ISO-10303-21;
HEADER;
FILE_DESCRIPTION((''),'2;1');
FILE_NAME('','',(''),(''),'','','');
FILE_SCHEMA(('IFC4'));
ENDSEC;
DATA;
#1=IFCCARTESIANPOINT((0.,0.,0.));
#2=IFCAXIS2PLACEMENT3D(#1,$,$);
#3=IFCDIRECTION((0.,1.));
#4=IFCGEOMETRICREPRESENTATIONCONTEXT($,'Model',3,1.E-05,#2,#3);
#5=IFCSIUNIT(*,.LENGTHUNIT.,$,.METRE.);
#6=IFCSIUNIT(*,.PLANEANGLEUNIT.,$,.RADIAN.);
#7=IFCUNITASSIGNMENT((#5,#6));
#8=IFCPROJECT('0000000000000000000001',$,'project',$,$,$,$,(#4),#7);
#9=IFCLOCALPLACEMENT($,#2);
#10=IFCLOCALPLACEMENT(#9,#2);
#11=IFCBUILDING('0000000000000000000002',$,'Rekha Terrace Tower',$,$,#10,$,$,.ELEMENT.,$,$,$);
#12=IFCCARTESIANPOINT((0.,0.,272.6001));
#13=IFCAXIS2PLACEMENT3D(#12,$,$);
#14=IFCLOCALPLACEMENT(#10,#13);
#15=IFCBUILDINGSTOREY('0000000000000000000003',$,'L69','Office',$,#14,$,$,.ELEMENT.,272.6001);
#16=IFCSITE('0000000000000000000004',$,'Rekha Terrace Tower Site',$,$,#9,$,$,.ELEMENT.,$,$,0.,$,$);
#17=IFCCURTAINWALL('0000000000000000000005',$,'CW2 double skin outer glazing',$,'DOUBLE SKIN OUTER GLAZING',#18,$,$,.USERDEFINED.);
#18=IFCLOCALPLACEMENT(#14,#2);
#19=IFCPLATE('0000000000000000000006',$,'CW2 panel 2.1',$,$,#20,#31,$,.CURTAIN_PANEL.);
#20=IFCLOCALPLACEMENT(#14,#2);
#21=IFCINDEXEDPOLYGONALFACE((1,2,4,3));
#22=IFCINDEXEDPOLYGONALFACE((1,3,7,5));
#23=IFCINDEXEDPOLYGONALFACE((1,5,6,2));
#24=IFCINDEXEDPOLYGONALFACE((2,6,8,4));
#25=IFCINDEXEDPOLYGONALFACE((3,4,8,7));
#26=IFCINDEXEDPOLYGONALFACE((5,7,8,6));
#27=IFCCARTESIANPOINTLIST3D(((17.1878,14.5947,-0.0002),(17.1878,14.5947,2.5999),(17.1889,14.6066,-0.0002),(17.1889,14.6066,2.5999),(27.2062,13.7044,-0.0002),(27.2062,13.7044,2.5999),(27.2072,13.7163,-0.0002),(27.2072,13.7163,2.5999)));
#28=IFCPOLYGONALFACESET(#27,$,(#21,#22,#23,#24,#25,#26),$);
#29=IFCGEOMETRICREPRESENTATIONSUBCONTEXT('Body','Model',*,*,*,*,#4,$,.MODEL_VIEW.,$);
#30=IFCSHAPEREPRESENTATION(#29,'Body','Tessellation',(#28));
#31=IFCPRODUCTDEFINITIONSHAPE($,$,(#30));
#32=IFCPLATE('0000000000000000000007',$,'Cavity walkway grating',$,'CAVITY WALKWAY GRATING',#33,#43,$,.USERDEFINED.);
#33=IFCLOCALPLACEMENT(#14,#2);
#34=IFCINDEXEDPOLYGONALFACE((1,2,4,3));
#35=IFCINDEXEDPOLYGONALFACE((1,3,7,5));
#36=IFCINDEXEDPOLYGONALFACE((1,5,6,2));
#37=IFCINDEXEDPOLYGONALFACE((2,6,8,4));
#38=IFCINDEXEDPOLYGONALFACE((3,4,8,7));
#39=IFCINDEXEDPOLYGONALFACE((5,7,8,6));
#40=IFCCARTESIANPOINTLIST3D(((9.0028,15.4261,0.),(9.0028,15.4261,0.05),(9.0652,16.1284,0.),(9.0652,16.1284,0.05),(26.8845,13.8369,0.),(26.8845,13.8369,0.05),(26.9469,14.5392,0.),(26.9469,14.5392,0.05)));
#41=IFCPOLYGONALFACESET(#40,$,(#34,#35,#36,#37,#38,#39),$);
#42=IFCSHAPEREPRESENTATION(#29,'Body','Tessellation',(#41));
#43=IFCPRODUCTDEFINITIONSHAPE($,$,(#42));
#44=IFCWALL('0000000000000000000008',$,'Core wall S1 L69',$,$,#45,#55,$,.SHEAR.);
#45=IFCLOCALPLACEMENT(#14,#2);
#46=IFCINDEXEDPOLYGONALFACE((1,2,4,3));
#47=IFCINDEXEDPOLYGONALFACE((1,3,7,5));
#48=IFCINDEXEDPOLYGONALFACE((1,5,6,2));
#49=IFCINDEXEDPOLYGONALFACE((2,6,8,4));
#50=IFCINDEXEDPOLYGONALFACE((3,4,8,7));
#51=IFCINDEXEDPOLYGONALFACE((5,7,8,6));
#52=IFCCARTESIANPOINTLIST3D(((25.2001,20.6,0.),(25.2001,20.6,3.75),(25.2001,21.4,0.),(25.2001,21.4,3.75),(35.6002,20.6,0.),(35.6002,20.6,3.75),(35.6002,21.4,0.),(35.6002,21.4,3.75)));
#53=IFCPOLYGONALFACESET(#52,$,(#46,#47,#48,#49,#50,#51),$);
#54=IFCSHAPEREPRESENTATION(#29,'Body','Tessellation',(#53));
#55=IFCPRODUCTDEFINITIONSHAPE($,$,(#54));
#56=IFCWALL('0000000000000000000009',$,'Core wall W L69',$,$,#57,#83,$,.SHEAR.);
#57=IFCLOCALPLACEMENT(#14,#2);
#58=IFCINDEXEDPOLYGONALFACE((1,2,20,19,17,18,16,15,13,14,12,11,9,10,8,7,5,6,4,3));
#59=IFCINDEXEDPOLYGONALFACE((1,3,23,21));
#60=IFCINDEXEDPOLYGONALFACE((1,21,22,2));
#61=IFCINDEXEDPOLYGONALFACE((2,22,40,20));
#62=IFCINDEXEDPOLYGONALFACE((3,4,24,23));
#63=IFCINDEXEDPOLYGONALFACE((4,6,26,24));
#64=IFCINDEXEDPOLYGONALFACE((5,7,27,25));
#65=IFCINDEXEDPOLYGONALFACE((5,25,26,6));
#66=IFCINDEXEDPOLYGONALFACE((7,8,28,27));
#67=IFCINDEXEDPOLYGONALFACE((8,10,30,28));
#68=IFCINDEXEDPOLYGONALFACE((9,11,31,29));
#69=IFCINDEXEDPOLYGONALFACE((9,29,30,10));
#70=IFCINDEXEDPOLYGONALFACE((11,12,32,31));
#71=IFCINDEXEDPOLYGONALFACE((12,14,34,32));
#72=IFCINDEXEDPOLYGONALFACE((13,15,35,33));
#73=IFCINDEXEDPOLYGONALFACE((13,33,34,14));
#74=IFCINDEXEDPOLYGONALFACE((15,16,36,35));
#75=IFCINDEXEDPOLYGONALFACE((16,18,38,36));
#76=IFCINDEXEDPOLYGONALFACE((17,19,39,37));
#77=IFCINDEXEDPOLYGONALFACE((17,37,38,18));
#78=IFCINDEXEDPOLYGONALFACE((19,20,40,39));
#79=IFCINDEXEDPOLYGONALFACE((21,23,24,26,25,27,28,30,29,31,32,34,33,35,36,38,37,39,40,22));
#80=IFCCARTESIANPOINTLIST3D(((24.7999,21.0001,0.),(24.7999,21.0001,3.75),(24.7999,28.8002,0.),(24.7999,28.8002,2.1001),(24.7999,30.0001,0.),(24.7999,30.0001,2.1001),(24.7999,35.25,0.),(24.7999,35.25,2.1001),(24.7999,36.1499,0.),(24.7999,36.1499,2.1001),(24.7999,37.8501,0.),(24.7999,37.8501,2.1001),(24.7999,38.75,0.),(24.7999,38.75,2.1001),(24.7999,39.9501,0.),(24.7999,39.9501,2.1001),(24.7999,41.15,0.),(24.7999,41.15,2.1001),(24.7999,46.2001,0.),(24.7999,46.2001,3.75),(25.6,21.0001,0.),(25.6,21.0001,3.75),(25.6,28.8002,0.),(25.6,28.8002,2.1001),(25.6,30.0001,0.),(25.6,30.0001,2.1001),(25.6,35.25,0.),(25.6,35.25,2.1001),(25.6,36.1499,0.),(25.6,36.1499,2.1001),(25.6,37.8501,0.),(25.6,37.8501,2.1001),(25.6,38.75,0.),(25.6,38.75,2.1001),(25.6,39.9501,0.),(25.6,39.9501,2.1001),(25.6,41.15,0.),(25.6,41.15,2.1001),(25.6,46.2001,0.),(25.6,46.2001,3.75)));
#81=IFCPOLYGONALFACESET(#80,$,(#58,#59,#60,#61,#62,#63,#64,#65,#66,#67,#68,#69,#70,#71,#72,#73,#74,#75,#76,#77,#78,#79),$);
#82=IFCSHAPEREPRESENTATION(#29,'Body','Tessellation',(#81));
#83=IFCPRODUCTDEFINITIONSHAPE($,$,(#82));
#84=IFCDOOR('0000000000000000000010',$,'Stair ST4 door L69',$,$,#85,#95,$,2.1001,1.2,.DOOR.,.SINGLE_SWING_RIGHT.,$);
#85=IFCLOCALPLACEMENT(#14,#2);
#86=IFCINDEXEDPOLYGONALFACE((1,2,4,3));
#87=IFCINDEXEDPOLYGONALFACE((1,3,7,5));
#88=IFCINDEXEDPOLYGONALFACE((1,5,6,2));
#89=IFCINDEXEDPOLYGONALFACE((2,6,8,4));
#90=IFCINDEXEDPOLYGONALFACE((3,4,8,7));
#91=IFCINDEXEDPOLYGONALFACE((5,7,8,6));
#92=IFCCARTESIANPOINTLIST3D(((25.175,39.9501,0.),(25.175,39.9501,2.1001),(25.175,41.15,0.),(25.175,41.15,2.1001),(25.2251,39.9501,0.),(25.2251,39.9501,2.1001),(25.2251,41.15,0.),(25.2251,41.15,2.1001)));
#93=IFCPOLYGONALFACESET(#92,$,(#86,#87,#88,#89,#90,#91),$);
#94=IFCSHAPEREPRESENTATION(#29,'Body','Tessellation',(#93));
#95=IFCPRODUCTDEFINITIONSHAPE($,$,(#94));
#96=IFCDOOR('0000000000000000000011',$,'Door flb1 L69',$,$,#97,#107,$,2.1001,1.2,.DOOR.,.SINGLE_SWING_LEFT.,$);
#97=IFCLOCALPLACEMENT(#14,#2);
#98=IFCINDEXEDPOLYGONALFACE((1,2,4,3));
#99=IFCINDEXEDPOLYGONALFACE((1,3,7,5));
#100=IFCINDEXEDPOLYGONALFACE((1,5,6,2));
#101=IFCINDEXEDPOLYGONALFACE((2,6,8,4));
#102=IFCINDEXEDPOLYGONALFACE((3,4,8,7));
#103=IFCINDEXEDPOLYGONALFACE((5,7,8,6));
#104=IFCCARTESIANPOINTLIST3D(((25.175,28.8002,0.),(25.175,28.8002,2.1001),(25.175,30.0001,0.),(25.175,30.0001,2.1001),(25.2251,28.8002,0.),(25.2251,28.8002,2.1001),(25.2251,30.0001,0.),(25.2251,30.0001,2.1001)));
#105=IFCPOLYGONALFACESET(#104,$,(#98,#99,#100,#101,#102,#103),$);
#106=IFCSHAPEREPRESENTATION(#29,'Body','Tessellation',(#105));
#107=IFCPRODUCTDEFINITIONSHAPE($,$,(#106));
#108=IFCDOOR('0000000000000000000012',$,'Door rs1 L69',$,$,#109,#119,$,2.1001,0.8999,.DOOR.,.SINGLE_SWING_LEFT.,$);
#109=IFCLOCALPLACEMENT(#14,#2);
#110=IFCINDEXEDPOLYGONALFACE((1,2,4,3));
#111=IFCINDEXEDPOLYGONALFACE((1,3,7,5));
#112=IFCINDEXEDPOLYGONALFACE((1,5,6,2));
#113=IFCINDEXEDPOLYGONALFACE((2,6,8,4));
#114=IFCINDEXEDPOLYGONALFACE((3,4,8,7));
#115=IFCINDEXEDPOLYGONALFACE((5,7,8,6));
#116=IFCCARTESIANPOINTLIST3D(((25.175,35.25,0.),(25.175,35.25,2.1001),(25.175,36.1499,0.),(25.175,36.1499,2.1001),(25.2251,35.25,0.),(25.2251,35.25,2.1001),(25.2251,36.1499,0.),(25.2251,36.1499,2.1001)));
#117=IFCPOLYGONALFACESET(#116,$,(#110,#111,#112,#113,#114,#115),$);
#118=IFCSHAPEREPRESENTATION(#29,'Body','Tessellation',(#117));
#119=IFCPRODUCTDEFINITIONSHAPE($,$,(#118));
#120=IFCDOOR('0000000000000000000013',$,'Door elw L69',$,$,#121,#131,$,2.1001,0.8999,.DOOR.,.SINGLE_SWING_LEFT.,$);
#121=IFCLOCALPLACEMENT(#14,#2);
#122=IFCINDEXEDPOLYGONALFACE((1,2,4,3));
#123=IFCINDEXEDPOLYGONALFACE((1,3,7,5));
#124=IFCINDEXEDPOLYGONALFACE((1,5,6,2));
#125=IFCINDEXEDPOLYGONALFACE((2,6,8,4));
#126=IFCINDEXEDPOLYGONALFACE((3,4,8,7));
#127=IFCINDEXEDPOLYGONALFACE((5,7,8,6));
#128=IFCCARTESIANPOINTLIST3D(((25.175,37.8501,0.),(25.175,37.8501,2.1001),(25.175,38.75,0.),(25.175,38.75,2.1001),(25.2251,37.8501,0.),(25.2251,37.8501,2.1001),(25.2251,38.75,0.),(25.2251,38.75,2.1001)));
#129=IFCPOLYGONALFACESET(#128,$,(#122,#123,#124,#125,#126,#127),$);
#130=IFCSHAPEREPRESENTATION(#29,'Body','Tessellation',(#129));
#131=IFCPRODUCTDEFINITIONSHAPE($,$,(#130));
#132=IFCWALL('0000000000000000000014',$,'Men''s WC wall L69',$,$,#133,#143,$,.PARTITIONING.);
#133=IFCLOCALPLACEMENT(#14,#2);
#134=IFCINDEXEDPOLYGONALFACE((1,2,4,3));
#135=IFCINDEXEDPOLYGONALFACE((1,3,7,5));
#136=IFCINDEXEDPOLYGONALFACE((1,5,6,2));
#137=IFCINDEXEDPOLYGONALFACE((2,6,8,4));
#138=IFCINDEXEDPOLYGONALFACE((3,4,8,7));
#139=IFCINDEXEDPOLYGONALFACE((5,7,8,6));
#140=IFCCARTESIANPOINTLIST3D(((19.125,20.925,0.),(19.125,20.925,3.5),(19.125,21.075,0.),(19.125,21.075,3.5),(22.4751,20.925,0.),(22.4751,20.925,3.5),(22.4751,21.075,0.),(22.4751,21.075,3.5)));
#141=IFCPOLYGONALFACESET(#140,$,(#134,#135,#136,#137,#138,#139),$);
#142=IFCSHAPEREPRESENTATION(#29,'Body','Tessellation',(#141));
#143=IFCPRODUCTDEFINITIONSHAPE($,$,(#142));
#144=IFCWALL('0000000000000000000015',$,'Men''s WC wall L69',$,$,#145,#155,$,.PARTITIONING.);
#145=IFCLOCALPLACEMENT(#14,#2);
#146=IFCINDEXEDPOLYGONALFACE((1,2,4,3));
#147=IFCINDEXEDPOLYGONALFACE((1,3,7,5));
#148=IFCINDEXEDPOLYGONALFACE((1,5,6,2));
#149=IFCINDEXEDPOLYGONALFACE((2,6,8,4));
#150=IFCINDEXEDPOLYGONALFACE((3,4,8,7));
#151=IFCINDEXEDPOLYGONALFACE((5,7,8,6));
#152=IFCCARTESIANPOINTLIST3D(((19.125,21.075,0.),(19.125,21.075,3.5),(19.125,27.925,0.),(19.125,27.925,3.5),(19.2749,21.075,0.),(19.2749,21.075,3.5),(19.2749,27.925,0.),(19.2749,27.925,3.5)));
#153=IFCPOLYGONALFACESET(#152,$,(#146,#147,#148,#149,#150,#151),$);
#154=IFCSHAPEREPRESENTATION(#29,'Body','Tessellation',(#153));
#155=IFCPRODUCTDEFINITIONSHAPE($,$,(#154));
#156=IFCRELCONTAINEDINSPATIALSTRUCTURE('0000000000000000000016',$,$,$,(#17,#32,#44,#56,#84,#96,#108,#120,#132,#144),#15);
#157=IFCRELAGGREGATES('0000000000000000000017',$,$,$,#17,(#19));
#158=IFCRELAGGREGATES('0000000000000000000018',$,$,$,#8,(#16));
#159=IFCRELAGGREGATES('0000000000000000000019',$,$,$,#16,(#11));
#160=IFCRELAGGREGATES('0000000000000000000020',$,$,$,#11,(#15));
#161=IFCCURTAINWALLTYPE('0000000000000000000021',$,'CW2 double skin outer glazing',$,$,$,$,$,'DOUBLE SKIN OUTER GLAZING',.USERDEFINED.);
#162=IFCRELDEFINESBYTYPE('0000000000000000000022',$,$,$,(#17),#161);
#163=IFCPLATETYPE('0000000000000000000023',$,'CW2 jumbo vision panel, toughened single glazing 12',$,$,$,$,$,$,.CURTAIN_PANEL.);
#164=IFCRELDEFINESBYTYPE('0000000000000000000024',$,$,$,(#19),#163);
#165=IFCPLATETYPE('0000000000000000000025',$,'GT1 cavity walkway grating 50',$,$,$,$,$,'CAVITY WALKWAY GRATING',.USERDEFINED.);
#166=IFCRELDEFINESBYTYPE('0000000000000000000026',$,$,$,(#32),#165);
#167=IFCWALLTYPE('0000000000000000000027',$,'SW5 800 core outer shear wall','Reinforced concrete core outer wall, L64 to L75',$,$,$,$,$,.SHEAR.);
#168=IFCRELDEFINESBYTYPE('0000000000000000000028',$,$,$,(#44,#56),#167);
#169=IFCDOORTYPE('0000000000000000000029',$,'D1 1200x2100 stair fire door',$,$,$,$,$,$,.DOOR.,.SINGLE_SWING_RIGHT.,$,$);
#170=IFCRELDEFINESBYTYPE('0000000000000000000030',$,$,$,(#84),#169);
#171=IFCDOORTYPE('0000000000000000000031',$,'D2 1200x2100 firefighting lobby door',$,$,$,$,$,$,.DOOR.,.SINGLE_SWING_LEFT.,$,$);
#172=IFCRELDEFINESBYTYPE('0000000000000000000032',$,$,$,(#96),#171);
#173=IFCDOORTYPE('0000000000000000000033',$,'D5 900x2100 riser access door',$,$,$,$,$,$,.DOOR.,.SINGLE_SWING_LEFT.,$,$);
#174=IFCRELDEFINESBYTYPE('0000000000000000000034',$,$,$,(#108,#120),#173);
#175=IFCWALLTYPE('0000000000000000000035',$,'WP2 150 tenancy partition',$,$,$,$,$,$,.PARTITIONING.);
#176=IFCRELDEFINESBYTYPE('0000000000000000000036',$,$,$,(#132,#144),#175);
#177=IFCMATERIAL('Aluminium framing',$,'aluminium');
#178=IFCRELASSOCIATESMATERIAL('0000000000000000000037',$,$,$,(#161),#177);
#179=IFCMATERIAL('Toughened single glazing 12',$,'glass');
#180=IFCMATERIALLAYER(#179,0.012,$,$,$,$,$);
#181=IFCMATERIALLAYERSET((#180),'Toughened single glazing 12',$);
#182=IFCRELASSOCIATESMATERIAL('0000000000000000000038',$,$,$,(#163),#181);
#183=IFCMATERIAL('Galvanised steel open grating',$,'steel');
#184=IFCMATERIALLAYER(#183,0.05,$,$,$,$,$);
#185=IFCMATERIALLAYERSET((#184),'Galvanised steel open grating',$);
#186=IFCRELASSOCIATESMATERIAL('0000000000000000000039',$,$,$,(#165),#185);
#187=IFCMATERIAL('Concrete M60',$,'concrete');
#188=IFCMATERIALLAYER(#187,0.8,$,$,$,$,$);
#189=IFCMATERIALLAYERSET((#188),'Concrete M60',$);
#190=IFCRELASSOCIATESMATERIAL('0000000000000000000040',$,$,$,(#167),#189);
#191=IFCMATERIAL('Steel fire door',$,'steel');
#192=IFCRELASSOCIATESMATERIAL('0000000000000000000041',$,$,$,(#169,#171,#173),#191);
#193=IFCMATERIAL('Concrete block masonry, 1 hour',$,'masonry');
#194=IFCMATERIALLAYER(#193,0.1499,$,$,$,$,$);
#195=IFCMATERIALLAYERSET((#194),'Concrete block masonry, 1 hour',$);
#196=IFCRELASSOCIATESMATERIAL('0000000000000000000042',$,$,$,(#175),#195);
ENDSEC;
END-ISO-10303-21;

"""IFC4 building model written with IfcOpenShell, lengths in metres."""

from ifc_helpers import new_model, si_unit, direction, frame, frame_2d, origin, origin_2d, place, context, subcontext, project, spatial, rectangle, extrude, material, layer, layer_set, type_object, element, fill, aggregate, save


model = new_model("IFC4")

# Units and contexts
model_context = context("Model", 3, precision=1e-05, world=origin(), true_north=direction((0.0, 1.0)))
body_context = subcontext(model_context, "Body", "Model", "MODEL_VIEW")
ifc_project = project(units=[si_unit("LENGTHUNIT", "METRE"), si_unit("PLANEANGLEUNIT", "RADIAN")], contexts=[model_context])

# Site, building, storey
site_placement = place(None, origin())
site = spatial("IfcSite", under=ifc_project, at=site_placement, Name="Rekha Terrace Tower Site", CompositionType="ELEMENT", RefElevation=0.0)
building_placement = place(site_placement, origin())
building = spatial("IfcBuilding", under=site, at=building_placement, Name="Rekha Terrace Tower", CompositionType="ELEMENT")
storey_placement = place(building_placement, frame((0.0, 0.0, 272.6001)))
storey = spatial("IfcBuildingStorey", under=building, at=storey_placement, Name="L69", Description="Office", CompositionType="ELEMENT", Elevation=272.6001)

# Shared definitions
ifc_material_1 = material(Name="Aluminium framing", Category="aluminium")

# Curtain wall
curtain_wall_type_1 = type_object("IfcCurtainWallType", Name="CW2 double skin outer glazing", ElementType="DOUBLE SKIN OUTER GLAZING", PredefinedType="USERDEFINED", material=ifc_material_1)
curtain_wall_1_placement = place(storey_placement, origin())
curtain_wall_1 = element("IfcCurtainWall", 1, at=curtain_wall_1_placement, inside=storey, type_object=curtain_wall_type_1, Name="CW2 double skin outer glazing", ObjectType="DOUBLE SKIN OUTER GLAZING", PredefinedType="USERDEFINED")

# Plates
ifc_material_2 = material(Name="Toughened single glazing 12", Category="glass")
ifc_layer_1 = layer(ifc_material_2, 0.012)
ifc_layer_set_1 = layer_set([ifc_layer_1], Name="Toughened single glazing 12")
plate_type_1 = type_object("IfcPlateType", Name="CW2 jumbo vision panel, toughened single glazing 12", PredefinedType="CURTAIN_PANEL", material=ifc_layer_set_1)
plate_1_placement = place(storey_placement, frame((22.1975, 14.1555, -0.0002), z_axis=(0.0, 0.0, 1.0), x_axis=(0.996074, -0.088522, 0.0)))
plate_1 = element("IfcPlate", 2, at=plate_1_placement, type_object=plate_type_1, Name="CW2 panel 2.1", PredefinedType="CURTAIN_PANEL", context=body_context, shape_type="SweptSolid", body=[
    extrude(rectangle(XDim=10.0579, YDim=0.012, at=origin_2d()), origin(), (0.0, 0.0, 1.0), 2.6001),
])
aggregate(curtain_wall_1, [plate_1])
ifc_material_3 = material(Name="Galvanised steel open grating", Category="steel")
ifc_layer_2 = layer(ifc_material_3, 0.05)
ifc_layer_set_2 = layer_set([ifc_layer_2], Name="Galvanised steel open grating")
plate_type_2 = type_object("IfcPlateType", Name="GT1 cavity walkway grating 50", ElementType="CAVITY WALKWAY GRATING", PredefinedType="USERDEFINED", material=ifc_layer_set_2)
plate_2_placement = place(storey_placement, frame((17.9749, 14.9827, 0.0), z_axis=(0.0, 0.0, 1.0), x_axis=(0.996074, -0.088522, 0.0)))
element("IfcPlate", 3, at=plate_2_placement, inside=storey, type_object=plate_type_2, Name="Cavity walkway grating", ObjectType="CAVITY WALKWAY GRATING", PredefinedType="USERDEFINED", context=body_context, shape_type="SweptSolid", body=[
    extrude(rectangle(XDim=17.9521, YDim=0.7051, at=origin_2d()), origin(), (0.0, 0.0, 1.0), 0.05),
])

# Wall
ifc_material_4 = material(Name="Concrete M60", Category="concrete")
ifc_layer_3 = layer(ifc_material_4, 0.8)
ifc_layer_set_3 = layer_set([ifc_layer_3], Name="Concrete M60")
wall_type_1 = type_object("IfcWallType", Name="SW5 800 core outer shear wall", Description="Reinforced concrete core outer wall, L64 to L75", PredefinedType="SHEAR", material=ifc_layer_set_3)
wall_1_placement = place(storey_placement, frame((25.2, 21.0, 0.0), z_axis=(0.0, 0.0, 1.0), x_axis=(1.0, 0.0, 0.0)))
element("IfcWall", 4, at=wall_1_placement, inside=storey, type_object=wall_type_1, Name="Core wall S1 L69", PredefinedType="SHEAR", context=body_context, shape_type="SweptSolid", body=[
    extrude(rectangle(XDim=10.4001, YDim=0.8, at=frame_2d((5.2002, 0.0))), origin(), (0.0, 0.0, 1.0), 3.75),
])

# Wall, openings, doors
wall_2_placement = place(storey_placement, frame((25.2, 21.0, 0.0), z_axis=(0.0, 0.0, 1.0), x_axis=(0.0, 1.0, 0.0)))
wall_2 = element("IfcWall", 5, at=wall_2_placement, inside=storey, type_object=wall_type_1, Name="Core wall W L69", PredefinedType="SHEAR", context=body_context, shape_type="SweptSolid", body=[
    extrude(rectangle(XDim=25.2, YDim=0.8, at=frame_2d((12.6001, 0.0))), origin(), (0.0, 0.0, 1.0), 3.75),
])
opening_1_placement = place(wall_2_placement, frame((7.8, 0.0, 0.0)))
opening_1 = element("IfcOpeningElement", 6, at=opening_1_placement, cuts=wall_2, PredefinedType="OPENING", context=body_context, shape_type="SweptSolid", body=[
    extrude(rectangle(XDim=1.2, YDim=2.1001, at=frame_2d((0.6001, 1.05))), frame((0.0, 0.4099, 0.0), z_axis=(0.0, -1.0, 0.0), x_axis=(1.0, 0.0, 0.0)), (0.0, 0.0, 1.0), 0.8201),
])
opening_2_placement = place(wall_2_placement, frame((14.25, 0.0, 0.0)))
opening_2 = element("IfcOpeningElement", 7, at=opening_2_placement, cuts=wall_2, PredefinedType="OPENING", context=body_context, shape_type="SweptSolid", body=[
    extrude(rectangle(XDim=0.8999, YDim=2.1001, at=frame_2d((0.45, 1.05))), frame((0.0, 0.4099, 0.0), z_axis=(0.0, -1.0, 0.0), x_axis=(1.0, 0.0, 0.0)), (0.0, 0.0, 1.0), 0.8201),
])
opening_3_placement = place(wall_2_placement, frame((16.8501, 0.0, 0.0)))
opening_3 = element("IfcOpeningElement", 8, at=opening_3_placement, cuts=wall_2, PredefinedType="OPENING", context=body_context, shape_type="SweptSolid", body=[
    extrude(rectangle(XDim=0.8999, YDim=2.1001, at=frame_2d((0.45, 1.05))), frame((0.0, 0.4099, 0.0), z_axis=(0.0, -1.0, 0.0), x_axis=(1.0, 0.0, 0.0)), (0.0, 0.0, 1.0), 0.8201),
])
opening_4_placement = place(wall_2_placement, frame((18.95, 0.0, 0.0)))
opening_4 = element("IfcOpeningElement", 9, at=opening_4_placement, cuts=wall_2, PredefinedType="OPENING", context=body_context, shape_type="SweptSolid", body=[
    extrude(rectangle(XDim=1.2, YDim=2.1001, at=frame_2d((0.6001, 1.05))), frame((0.0, 0.4099, 0.0), z_axis=(0.0, -1.0, 0.0), x_axis=(1.0, 0.0, 0.0)), (0.0, 0.0, 1.0), 0.8201),
])
ifc_material_5 = material(Name="Steel fire door", Category="steel")
door_type_1 = type_object("IfcDoorType", Name="D1 1200x2100 stair fire door", OperationType="SINGLE_SWING_RIGHT", PredefinedType="DOOR", material=ifc_material_5)
door_1_placement = place(opening_4_placement, origin())
door_1 = element("IfcDoor", 10, at=door_1_placement, inside=storey, type_object=door_type_1, Name="Stair ST4 door L69", OperationType="SINGLE_SWING_RIGHT", OverallHeight=2.1001, OverallWidth=1.2, PredefinedType="DOOR", context=body_context, shape_type="SweptSolid", body=[
    extrude(rectangle(XDim=1.2, YDim=2.1001, at=frame_2d((0.6001, 1.05))), frame((0.0, 0.0249, 0.0), z_axis=(0.0, -1.0, 0.0), x_axis=(1.0, 0.0, 0.0)), (0.0, 0.0, 1.0), 0.05),
])
fill(opening_4, door_1)
door_type_2 = type_object("IfcDoorType", Name="D2 1200x2100 firefighting lobby door", OperationType="SINGLE_SWING_LEFT", PredefinedType="DOOR", material=ifc_material_5)
door_2_placement = place(opening_1_placement, origin())
door_2 = element("IfcDoor", 11, at=door_2_placement, inside=storey, type_object=door_type_2, Name="Door flb1 L69", OperationType="SINGLE_SWING_LEFT", OverallHeight=2.1001, OverallWidth=1.2, PredefinedType="DOOR", context=body_context, shape_type="SweptSolid", body=[
    extrude(rectangle(XDim=1.2, YDim=2.1001, at=frame_2d((0.6001, 1.05))), frame((0.0, 0.0249, 0.0), z_axis=(0.0, -1.0, 0.0), x_axis=(1.0, 0.0, 0.0)), (0.0, 0.0, 1.0), 0.05),
])
fill(opening_1, door_2)
door_type_3 = type_object("IfcDoorType", Name="D5 900x2100 riser access door", OperationType="SINGLE_SWING_LEFT", PredefinedType="DOOR", material=ifc_material_5)
door_3_placement = place(opening_2_placement, origin())
door_3 = element("IfcDoor", 12, at=door_3_placement, inside=storey, type_object=door_type_3, Name="Door rs1 L69", OperationType="SINGLE_SWING_LEFT", OverallHeight=2.1001, OverallWidth=0.8999, PredefinedType="DOOR", context=body_context, shape_type="SweptSolid", body=[
    extrude(rectangle(XDim=0.8999, YDim=2.1001, at=frame_2d((0.45, 1.05))), frame((0.0, 0.0249, 0.0), z_axis=(0.0, -1.0, 0.0), x_axis=(1.0, 0.0, 0.0)), (0.0, 0.0, 1.0), 0.05),
])
fill(opening_2, door_3)
door_4_placement = place(opening_3_placement, origin())
door_4 = element("IfcDoor", 13, at=door_4_placement, inside=storey, type_object=door_type_3, Name="Door elw L69", OperationType="SINGLE_SWING_LEFT", OverallHeight=2.1001, OverallWidth=0.8999, PredefinedType="DOOR", context=body_context, shape_type="SweptSolid", body=[
    extrude(rectangle(XDim=0.8999, YDim=2.1001, at=frame_2d((0.45, 1.05))), frame((0.0, 0.0249, 0.0), z_axis=(0.0, -1.0, 0.0), x_axis=(1.0, 0.0, 0.0)), (0.0, 0.0, 1.0), 0.05),
])
fill(opening_3, door_4)

# Walls
ifc_material_6 = material(Name="Concrete block masonry, 1 hour", Category="masonry")
ifc_layer_4 = layer(ifc_material_6, 0.1499)
ifc_layer_set_4 = layer_set([ifc_layer_4], Name="Concrete block masonry, 1 hour")
wall_type_2 = type_object("IfcWallType", Name="WP2 150 tenancy partition", PredefinedType="PARTITIONING", material=ifc_layer_set_4)
wall_3_placement = place(storey_placement, frame((19.125, 21.0, 0.0), z_axis=(0.0, 0.0, 1.0), x_axis=(1.0, 0.0, 0.0)))
element("IfcWall", 14, at=wall_3_placement, inside=storey, type_object=wall_type_2, Name="Men's WC wall L69", PredefinedType="PARTITIONING", context=body_context, shape_type="SweptSolid", body=[
    extrude(rectangle(XDim=3.3501, YDim=0.1499, at=frame_2d((1.675, 0.0))), origin(), (0.0, 0.0, 1.0), 3.5),
])
wall_4_placement = place(storey_placement, frame((19.2, 21.075, 0.0), z_axis=(0.0, 0.0, 1.0), x_axis=(0.0, 1.0, 0.0)))
element("IfcWall", 15, at=wall_4_placement, inside=storey, type_object=wall_type_2, Name="Men's WC wall L69", PredefinedType="PARTITIONING", context=body_context, shape_type="SweptSolid", body=[
    extrude(rectangle(XDim=6.8501, YDim=0.1499, at=frame_2d((3.425, 0.0))), origin(), (0.0, 0.0, 1.0), 3.5),
])

save(model, "model.ifc")
